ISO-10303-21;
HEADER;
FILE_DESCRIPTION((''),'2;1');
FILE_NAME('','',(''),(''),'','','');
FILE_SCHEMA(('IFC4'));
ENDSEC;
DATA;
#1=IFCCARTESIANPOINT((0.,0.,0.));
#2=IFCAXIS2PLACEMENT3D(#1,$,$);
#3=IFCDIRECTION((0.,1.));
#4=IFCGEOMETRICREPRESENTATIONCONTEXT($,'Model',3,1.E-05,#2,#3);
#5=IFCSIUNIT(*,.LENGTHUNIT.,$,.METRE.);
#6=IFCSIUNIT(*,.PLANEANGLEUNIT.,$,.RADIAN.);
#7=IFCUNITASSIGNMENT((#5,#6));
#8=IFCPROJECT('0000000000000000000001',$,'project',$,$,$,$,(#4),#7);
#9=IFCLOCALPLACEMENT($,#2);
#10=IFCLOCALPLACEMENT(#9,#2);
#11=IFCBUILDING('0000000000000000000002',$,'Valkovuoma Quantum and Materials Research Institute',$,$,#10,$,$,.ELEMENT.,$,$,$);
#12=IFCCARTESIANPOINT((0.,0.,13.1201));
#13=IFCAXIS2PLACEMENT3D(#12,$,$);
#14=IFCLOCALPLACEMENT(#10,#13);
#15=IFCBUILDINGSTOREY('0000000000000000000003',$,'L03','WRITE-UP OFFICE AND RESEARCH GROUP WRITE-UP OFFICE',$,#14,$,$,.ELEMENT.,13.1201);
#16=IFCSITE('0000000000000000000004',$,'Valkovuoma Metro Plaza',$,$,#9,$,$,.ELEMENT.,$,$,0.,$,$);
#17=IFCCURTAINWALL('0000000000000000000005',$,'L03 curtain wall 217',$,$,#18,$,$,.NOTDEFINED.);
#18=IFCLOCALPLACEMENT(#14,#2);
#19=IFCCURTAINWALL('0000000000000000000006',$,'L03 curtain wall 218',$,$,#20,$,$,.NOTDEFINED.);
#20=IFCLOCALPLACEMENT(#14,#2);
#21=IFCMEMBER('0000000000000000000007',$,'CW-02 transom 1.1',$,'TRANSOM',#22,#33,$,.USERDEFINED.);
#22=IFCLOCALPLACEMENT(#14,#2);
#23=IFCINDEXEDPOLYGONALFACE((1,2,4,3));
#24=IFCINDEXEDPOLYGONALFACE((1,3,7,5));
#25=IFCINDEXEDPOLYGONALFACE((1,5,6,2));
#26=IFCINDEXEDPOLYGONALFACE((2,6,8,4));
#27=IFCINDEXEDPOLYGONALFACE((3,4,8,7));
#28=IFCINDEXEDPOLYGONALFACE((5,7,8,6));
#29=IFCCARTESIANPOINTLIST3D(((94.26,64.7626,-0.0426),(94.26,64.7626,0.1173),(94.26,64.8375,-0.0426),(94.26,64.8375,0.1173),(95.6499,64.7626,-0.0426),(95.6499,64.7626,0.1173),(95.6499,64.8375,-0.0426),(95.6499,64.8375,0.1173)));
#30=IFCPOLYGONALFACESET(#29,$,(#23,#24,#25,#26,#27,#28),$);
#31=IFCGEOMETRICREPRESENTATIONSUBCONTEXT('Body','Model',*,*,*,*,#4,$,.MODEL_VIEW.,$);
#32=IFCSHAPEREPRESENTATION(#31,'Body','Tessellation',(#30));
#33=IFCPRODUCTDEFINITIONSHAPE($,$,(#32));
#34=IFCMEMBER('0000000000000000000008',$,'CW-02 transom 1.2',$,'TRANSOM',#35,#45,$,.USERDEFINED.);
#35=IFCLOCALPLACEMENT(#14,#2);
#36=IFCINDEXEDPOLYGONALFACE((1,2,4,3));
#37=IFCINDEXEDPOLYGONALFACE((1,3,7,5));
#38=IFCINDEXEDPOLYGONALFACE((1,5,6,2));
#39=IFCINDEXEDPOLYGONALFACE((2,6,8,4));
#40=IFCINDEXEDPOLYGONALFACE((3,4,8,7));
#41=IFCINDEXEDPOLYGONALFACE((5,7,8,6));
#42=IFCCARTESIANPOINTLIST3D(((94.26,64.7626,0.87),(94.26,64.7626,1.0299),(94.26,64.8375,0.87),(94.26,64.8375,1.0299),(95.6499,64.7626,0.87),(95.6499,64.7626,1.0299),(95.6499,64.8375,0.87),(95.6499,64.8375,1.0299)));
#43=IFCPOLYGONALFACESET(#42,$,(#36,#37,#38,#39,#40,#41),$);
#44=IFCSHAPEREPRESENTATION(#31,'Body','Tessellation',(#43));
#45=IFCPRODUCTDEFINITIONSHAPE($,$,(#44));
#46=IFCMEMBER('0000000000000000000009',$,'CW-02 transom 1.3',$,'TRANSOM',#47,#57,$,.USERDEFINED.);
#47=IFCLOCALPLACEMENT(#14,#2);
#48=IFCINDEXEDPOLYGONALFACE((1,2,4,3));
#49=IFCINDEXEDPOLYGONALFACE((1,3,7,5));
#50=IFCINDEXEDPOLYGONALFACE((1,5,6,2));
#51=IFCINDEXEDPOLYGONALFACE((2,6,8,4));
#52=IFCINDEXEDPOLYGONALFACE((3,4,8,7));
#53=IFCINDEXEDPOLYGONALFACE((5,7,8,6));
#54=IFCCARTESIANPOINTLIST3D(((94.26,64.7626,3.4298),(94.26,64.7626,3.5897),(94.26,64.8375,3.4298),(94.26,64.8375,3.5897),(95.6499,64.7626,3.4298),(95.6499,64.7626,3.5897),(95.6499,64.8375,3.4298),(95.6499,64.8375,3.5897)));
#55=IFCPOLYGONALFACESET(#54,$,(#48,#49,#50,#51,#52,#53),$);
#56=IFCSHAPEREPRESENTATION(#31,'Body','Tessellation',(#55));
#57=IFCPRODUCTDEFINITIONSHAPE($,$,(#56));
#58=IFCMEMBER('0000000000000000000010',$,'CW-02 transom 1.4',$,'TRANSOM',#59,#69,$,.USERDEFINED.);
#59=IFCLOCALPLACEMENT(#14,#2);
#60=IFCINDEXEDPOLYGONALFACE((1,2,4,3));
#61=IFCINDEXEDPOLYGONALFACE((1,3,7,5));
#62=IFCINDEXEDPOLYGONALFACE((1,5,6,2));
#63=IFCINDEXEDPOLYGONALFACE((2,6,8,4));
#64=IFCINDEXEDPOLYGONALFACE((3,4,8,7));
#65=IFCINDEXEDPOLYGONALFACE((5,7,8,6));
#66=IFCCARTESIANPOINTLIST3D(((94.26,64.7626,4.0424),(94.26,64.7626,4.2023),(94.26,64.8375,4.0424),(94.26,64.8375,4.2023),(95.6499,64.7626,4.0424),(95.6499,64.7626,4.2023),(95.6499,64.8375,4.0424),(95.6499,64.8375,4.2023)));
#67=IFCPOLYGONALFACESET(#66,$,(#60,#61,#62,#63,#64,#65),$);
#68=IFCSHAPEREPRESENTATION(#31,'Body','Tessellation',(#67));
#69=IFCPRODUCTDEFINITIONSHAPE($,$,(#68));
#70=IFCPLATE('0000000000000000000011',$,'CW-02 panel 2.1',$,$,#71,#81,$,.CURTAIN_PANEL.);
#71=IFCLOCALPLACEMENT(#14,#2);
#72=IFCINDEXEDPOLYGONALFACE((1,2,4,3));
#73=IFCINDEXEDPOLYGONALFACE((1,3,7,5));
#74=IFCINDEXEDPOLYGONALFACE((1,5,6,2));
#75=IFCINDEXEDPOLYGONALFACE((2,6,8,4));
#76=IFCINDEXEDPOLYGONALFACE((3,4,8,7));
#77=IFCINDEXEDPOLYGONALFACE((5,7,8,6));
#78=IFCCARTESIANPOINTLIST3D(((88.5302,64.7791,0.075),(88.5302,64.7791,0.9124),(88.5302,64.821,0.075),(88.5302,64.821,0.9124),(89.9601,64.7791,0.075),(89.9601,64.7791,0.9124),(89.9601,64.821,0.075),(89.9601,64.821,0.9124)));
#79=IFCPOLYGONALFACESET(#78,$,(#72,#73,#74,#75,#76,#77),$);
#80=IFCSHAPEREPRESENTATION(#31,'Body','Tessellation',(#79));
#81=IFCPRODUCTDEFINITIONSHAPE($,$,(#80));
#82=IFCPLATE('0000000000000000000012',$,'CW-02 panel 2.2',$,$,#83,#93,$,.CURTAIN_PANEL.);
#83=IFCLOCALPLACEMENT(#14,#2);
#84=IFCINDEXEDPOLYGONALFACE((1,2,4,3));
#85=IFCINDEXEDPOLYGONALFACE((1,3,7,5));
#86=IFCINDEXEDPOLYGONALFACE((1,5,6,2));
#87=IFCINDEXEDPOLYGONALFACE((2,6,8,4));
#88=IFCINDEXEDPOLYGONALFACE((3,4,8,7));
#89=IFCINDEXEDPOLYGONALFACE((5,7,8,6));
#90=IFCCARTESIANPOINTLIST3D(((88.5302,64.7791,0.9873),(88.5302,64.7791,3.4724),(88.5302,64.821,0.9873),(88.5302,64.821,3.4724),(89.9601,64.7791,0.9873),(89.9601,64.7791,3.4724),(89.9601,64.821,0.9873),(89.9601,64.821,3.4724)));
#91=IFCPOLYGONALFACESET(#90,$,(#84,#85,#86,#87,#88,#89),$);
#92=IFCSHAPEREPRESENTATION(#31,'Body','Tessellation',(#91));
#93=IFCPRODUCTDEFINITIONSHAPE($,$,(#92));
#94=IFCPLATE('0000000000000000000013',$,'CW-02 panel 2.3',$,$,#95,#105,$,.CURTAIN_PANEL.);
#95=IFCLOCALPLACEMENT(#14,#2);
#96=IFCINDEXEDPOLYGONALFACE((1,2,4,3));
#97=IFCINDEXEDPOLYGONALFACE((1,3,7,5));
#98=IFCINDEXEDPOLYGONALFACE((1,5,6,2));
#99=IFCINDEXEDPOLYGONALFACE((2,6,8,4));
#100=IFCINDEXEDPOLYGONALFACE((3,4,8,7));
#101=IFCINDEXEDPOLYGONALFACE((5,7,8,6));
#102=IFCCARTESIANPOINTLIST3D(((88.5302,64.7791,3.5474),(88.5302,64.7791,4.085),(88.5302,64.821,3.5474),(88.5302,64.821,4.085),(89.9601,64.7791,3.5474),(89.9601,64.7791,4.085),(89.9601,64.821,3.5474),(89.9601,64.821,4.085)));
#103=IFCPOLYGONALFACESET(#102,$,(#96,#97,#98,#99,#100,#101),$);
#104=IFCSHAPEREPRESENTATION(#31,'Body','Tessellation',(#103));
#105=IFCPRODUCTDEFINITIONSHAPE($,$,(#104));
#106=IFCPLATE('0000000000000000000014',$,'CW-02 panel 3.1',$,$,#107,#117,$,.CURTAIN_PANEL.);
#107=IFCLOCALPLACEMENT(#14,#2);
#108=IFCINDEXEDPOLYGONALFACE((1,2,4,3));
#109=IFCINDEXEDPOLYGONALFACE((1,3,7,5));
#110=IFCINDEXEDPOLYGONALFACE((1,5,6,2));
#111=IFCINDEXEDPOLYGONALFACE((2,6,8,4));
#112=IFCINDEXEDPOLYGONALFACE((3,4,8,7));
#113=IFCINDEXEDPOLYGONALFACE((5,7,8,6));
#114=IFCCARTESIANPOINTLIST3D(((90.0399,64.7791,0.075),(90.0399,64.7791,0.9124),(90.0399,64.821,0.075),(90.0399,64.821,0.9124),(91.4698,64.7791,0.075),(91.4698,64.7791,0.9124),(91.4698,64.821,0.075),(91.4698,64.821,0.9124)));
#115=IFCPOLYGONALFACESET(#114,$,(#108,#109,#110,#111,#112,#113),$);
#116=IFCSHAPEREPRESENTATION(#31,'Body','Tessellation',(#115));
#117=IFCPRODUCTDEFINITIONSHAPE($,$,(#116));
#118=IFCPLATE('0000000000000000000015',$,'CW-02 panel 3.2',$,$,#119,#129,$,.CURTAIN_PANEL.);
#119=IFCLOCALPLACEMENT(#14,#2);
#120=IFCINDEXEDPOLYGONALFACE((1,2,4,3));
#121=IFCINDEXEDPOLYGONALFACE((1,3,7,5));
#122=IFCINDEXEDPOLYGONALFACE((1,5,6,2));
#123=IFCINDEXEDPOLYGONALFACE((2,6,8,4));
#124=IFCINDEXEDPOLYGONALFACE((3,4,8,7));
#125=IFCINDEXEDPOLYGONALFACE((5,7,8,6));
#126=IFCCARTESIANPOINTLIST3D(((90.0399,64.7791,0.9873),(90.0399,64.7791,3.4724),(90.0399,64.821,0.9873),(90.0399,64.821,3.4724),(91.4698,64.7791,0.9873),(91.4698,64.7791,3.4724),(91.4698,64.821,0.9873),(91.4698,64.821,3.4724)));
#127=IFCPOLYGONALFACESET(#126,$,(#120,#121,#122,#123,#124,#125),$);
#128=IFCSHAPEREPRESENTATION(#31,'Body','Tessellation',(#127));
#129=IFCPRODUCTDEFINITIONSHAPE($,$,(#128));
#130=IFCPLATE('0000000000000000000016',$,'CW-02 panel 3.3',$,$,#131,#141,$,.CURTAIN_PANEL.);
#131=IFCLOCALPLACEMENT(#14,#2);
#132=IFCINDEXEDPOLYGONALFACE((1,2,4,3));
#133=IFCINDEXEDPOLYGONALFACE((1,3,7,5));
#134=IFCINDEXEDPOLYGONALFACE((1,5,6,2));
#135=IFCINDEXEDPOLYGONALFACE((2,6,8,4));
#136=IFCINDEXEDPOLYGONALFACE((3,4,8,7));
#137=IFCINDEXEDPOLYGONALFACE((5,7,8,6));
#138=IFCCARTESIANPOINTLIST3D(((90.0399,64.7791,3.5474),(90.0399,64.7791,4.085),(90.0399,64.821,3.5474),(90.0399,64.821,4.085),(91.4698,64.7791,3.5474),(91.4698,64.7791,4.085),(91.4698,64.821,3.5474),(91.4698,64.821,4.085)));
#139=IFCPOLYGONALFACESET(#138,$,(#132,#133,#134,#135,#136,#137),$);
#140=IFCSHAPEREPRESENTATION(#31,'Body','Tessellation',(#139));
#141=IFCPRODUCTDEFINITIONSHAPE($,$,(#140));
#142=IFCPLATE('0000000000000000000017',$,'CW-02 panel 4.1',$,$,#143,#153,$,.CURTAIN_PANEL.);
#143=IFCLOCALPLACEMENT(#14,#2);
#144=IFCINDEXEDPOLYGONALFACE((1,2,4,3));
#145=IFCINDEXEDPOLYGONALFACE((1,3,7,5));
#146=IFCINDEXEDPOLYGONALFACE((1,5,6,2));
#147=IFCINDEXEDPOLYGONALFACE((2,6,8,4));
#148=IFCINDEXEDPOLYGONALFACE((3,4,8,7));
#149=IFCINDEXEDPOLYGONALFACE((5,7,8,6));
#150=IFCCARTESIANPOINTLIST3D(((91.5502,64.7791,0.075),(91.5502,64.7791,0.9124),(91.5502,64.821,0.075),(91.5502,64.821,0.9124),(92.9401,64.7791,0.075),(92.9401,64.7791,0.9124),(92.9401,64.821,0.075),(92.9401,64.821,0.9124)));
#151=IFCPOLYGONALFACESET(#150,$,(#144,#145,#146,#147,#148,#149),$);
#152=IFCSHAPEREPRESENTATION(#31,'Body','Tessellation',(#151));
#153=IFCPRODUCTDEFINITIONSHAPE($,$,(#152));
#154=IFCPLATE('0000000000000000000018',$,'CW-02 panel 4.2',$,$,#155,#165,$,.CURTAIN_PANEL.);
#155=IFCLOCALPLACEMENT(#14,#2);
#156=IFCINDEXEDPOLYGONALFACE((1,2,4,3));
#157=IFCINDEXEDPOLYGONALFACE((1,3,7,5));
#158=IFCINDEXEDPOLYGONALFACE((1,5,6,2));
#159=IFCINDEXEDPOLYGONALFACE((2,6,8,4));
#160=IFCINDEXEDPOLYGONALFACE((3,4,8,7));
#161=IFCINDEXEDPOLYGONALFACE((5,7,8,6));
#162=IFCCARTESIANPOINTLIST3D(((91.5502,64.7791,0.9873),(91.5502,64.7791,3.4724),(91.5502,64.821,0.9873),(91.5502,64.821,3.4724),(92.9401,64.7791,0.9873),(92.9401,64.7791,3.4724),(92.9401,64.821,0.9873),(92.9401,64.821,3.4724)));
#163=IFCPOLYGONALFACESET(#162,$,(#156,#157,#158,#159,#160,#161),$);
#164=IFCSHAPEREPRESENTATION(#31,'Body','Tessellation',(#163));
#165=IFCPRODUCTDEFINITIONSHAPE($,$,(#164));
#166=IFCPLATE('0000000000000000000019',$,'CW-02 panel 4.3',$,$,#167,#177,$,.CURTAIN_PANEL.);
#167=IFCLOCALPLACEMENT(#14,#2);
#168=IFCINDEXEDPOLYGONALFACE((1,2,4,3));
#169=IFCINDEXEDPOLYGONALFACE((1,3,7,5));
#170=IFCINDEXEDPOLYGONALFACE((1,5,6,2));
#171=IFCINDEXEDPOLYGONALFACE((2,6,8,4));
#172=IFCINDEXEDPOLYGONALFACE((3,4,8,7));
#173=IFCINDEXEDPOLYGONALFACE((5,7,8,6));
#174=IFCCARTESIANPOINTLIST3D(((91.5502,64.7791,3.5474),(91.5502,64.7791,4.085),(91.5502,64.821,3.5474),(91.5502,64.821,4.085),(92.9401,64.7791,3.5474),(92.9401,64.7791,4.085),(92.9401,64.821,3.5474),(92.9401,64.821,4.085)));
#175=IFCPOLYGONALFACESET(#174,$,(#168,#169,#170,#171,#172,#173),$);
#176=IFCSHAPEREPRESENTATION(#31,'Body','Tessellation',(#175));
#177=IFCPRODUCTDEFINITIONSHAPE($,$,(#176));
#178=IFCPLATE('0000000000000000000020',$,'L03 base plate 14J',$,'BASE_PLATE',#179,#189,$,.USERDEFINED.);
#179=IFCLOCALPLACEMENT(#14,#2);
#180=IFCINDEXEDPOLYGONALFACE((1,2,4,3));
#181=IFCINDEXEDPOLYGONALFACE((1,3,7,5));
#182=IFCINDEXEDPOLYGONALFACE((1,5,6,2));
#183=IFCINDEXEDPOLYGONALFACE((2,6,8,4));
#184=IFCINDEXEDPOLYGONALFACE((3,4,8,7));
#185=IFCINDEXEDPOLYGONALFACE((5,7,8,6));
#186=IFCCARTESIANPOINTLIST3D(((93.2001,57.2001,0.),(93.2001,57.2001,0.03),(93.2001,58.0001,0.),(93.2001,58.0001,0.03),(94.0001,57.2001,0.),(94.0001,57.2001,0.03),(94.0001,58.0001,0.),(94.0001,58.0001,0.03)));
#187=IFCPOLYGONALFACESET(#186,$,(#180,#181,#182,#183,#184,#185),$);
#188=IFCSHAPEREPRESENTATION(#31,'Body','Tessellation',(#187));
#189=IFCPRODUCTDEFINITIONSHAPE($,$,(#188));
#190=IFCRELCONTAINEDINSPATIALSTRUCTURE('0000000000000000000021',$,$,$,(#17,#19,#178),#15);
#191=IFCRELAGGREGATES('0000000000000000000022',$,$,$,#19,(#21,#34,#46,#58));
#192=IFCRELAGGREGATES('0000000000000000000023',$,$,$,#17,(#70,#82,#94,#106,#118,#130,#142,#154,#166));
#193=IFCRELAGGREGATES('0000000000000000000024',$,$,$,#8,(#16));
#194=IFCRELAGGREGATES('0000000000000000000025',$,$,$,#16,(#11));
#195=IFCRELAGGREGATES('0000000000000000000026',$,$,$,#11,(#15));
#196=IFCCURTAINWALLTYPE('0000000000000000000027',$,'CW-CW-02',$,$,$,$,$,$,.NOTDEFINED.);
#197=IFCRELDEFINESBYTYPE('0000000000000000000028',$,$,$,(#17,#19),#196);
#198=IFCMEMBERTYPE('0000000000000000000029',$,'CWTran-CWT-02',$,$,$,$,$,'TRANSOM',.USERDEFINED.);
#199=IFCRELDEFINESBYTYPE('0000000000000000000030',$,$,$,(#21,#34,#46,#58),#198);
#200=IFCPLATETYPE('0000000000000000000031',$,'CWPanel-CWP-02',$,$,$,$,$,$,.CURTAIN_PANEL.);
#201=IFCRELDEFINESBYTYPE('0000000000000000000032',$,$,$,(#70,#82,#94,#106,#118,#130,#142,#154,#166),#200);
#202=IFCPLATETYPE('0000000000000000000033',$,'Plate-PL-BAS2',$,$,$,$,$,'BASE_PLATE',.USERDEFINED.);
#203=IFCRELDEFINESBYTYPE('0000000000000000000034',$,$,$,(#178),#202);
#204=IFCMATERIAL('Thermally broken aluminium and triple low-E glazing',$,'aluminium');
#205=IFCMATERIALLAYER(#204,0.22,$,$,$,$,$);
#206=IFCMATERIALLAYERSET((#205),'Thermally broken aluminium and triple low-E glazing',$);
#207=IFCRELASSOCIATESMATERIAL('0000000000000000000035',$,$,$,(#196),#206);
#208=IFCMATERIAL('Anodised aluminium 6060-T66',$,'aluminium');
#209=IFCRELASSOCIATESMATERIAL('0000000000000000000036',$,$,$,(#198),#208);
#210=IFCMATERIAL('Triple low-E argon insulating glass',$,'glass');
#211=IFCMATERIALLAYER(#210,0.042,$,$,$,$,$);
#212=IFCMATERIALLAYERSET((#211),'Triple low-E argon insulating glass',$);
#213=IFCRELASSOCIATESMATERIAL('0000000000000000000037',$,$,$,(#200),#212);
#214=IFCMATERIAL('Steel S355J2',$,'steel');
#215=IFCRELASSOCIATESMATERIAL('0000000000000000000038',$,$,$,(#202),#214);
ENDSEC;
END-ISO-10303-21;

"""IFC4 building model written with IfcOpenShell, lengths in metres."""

from ifc_helpers import new_model, si_unit, direction, frame, origin, origin_2d, place, context, subcontext, project, spatial, rectangle, extrude, material, layer, layer_set, material_profile, profile_set, type_object, element, aggregate, save


model = new_model("IFC4")

# Units and contexts
model_context = context("Model", 3, precision=1e-05, world=origin(), true_north=direction((0.0, 1.0)))
body_context = subcontext(model_context, "Body", "Model", "MODEL_VIEW")
ifc_project = project(units=[si_unit("LENGTHUNIT", "METRE"), si_unit("PLANEANGLEUNIT", "RADIAN")], contexts=[model_context])

# Site, building, storey
site_placement = place(None, origin())
site = spatial("IfcSite", under=ifc_project, at=site_placement, Name="Valkovuoma Metro Plaza", CompositionType="ELEMENT", RefElevation=0.0)
building_placement = place(site_placement, origin())
building = spatial("IfcBuilding", under=site, at=building_placement, Name="Valkovuoma Quantum and Materials Research Institute", CompositionType="ELEMENT")
storey_placement = place(building_placement, frame((0.0, 0.0, 13.1201)))
storey = spatial("IfcBuildingStorey", under=building, at=storey_placement, Name="L03", Description="WRITE-UP OFFICE AND RESEARCH GROUP WRITE-UP OFFICE", CompositionType="ELEMENT", Elevation=13.1201)

# Curtain wall
ifc_material_1 = material(Name="Thermally broken aluminium and triple low-E glazing", Category="aluminium")
ifc_layer_1 = layer(ifc_material_1, 0.22)
ifc_layer_set_1 = layer_set([ifc_layer_1], Name="Thermally broken aluminium and triple low-E glazing")
curtain_wall_type = type_object("IfcCurtainWallType", Name="CW-CW-02", PredefinedType="NOTDEFINED", material=ifc_layer_set_1)
curtain_wall_1_placement = place(storey_placement, origin())
curtain_wall_1 = element("IfcCurtainWall", 1, at=curtain_wall_1_placement, inside=storey, type_object=curtain_wall_type, Name="L03 curtain wall 217", PredefinedType="NOTDEFINED")

# Curtain wall
curtain_wall_2_placement = place(storey_placement, origin())
curtain_wall_2 = element("IfcCurtainWall", 2, at=curtain_wall_2_placement, inside=storey, type_object=curtain_wall_type, Name="L03 curtain wall 218", PredefinedType="NOTDEFINED")

# Members
ifc_material_2 = material(Name="Anodised aluminium 6060-T66", Category="aluminium")
ifc_material_profile_1 = material_profile(ifc_material_2, rectangle(XDim=0.075, YDim=0.1599, at=origin_2d()), Name="Anodised aluminium 6060-T66")
ifc_profile_set_1 = profile_set([ifc_material_profile_1], Name="Anodised aluminium 6060-T66")
member_type_1 = type_object("IfcMemberType", Name="CWTran-CWT-02", ElementType="TRANSOM", PredefinedType="USERDEFINED", material=ifc_profile_set_1)
member_1_placement = place(storey_placement, frame((94.26, 64.8, 0.0374), z_axis=(1.0, 0.0, 0.0), x_axis=(0.0, 1.0, 0.0)))
member_1 = element("IfcMember", 3, at=member_1_placement, type_object=member_type_1, Name="CW-02 transom 1.1", ObjectType="TRANSOM", PredefinedType="USERDEFINED", context=body_context, shape_type="SweptSolid", body=[
    extrude(rectangle(XDim=0.075, YDim=0.1599, at=origin_2d()), origin(), (0.0, 0.0, 1.0), 1.3899),
])
member_2_placement = place(storey_placement, frame((94.26, 64.8, 0.95), z_axis=(1.0, 0.0, 0.0), x_axis=(0.0, 1.0, 0.0)))
member_2 = element("IfcMember", 4, at=member_2_placement, type_object=member_type_1, Name="CW-02 transom 1.2", ObjectType="TRANSOM", PredefinedType="USERDEFINED", context=body_context, shape_type="SweptSolid", body=[
    extrude(rectangle(XDim=0.075, YDim=0.1599, at=origin_2d()), origin(), (0.0, 0.0, 1.0), 1.3899),
])
member_3_placement = place(storey_placement, frame((94.26, 64.8, 3.5098), z_axis=(1.0, 0.0, 0.0), x_axis=(0.0, 1.0, 0.0)))
member_3 = element("IfcMember", 5, at=member_3_placement, type_object=member_type_1, Name="CW-02 transom 1.3", ObjectType="TRANSOM", PredefinedType="USERDEFINED", context=body_context, shape_type="SweptSolid", body=[
    extrude(rectangle(XDim=0.075, YDim=0.1599, at=origin_2d()), origin(), (0.0, 0.0, 1.0), 1.3899),
])
member_4_placement = place(storey_placement, frame((94.26, 64.8, 4.1223), z_axis=(1.0, 0.0, 0.0), x_axis=(0.0, 1.0, 0.0)))
member_4 = element("IfcMember", 6, at=member_4_placement, type_object=member_type_1, Name="CW-02 transom 1.4", ObjectType="TRANSOM", PredefinedType="USERDEFINED", context=body_context, shape_type="SweptSolid", body=[
    extrude(rectangle(XDim=0.075, YDim=0.1599, at=origin_2d()), origin(), (0.0, 0.0, 1.0), 1.3899),
])
aggregate(curtain_wall_2, [member_1, member_2, member_3, member_4])

# Plates
ifc_material_3 = material(Name="Triple low-E argon insulating glass", Category="glass")
ifc_layer_2 = layer(ifc_material_3, 0.042)
ifc_layer_set_2 = layer_set([ifc_layer_2], Name="Triple low-E argon insulating glass")
plate_type_1 = type_object("IfcPlateType", Name="CWPanel-CWP-02", PredefinedType="CURTAIN_PANEL", material=ifc_layer_set_2)
plate_1_placement = place(storey_placement, frame((89.2451, 64.8, 0.075), z_axis=(0.0, 0.0, 1.0), x_axis=(1.0, 0.0, 0.0)))
plate_1 = element("IfcPlate", 7, at=plate_1_placement, type_object=plate_type_1, Name="CW-02 panel 2.1", PredefinedType="CURTAIN_PANEL", context=body_context, shape_type="SweptSolid", body=[
    extrude(rectangle(XDim=1.4299, YDim=0.042, at=origin_2d()), origin(), (0.0, 0.0, 1.0), 0.8374),
])
plate_2_placement = place(storey_placement, frame((89.2451, 64.8, 0.9873), z_axis=(0.0, 0.0, 1.0), x_axis=(1.0, 0.0, 0.0)))
plate_2 = element("IfcPlate", 8, at=plate_2_placement, type_object=plate_type_1, Name="CW-02 panel 2.2", PredefinedType="CURTAIN_PANEL", context=body_context, shape_type="SweptSolid", body=[
    extrude(rectangle(XDim=1.4299, YDim=0.042, at=origin_2d()), origin(), (0.0, 0.0, 1.0), 2.4851),
])
plate_3_placement = place(storey_placement, frame((89.2451, 64.8, 3.5474), z_axis=(0.0, 0.0, 1.0), x_axis=(1.0, 0.0, 0.0)))
plate_3 = element("IfcPlate", 9, at=plate_3_placement, type_object=plate_type_1, Name="CW-02 panel 2.3", PredefinedType="CURTAIN_PANEL", context=body_context, shape_type="SweptSolid", body=[
    extrude(rectangle(XDim=1.4299, YDim=0.042, at=origin_2d()), origin(), (0.0, 0.0, 1.0), 0.5376),
])
plate_4_placement = place(storey_placement, frame((90.7549, 64.8, 0.075), z_axis=(0.0, 0.0, 1.0), x_axis=(1.0, 0.0, 0.0)))
plate_4 = element("IfcPlate", 10, at=plate_4_placement, type_object=plate_type_1, Name="CW-02 panel 3.1", PredefinedType="CURTAIN_PANEL", context=body_context, shape_type="SweptSolid", body=[
    extrude(rectangle(XDim=1.4299, YDim=0.042, at=origin_2d()), origin(), (0.0, 0.0, 1.0), 0.8374),
])
plate_5_placement = place(storey_placement, frame((90.7549, 64.8, 0.9873), z_axis=(0.0, 0.0, 1.0), x_axis=(1.0, 0.0, 0.0)))
plate_5 = element("IfcPlate", 11, at=plate_5_placement, type_object=plate_type_1, Name="CW-02 panel 3.2", PredefinedType="CURTAIN_PANEL", context=body_context, shape_type="SweptSolid", body=[
    extrude(rectangle(XDim=1.4299, YDim=0.042, at=origin_2d()), origin(), (0.0, 0.0, 1.0), 2.4851),
])
plate_6_placement = place(storey_placement, frame((90.7549, 64.8, 3.5474), z_axis=(0.0, 0.0, 1.0), x_axis=(1.0, 0.0, 0.0)))
plate_6 = element("IfcPlate", 12, at=plate_6_placement, type_object=plate_type_1, Name="CW-02 panel 3.3", PredefinedType="CURTAIN_PANEL", context=body_context, shape_type="SweptSolid", body=[
    extrude(rectangle(XDim=1.4299, YDim=0.042, at=origin_2d()), origin(), (0.0, 0.0, 1.0), 0.5376),
])
plate_7_placement = place(storey_placement, frame((92.2451, 64.8, 0.075), z_axis=(0.0, 0.0, 1.0), x_axis=(1.0, 0.0, 0.0)))
plate_7 = element("IfcPlate", 13, at=plate_7_placement, type_object=plate_type_1, Name="CW-02 panel 4.1", PredefinedType="CURTAIN_PANEL", context=body_context, shape_type="SweptSolid", body=[
    extrude(rectangle(XDim=1.3899, YDim=0.042, at=origin_2d()), origin(), (0.0, 0.0, 1.0), 0.8374),
])
plate_8_placement = place(storey_placement, frame((92.2451, 64.8, 0.9873), z_axis=(0.0, 0.0, 1.0), x_axis=(1.0, 0.0, 0.0)))
plate_8 = element("IfcPlate", 14, at=plate_8_placement, type_object=plate_type_1, Name="CW-02 panel 4.2", PredefinedType="CURTAIN_PANEL", context=body_context, shape_type="SweptSolid", body=[
    extrude(rectangle(XDim=1.3899, YDim=0.042, at=origin_2d()), origin(), (0.0, 0.0, 1.0), 2.4851),
])
plate_9_placement = place(storey_placement, frame((92.2451, 64.8, 3.5474), z_axis=(0.0, 0.0, 1.0), x_axis=(1.0, 0.0, 0.0)))
plate_9 = element("IfcPlate", 15, at=plate_9_placement, type_object=plate_type_1, Name="CW-02 panel 4.3", PredefinedType="CURTAIN_PANEL", context=body_context, shape_type="SweptSolid", body=[
    extrude(rectangle(XDim=1.3899, YDim=0.042, at=origin_2d()), origin(), (0.0, 0.0, 1.0), 0.5376),
])
aggregate(curtain_wall_1, [plate_1, plate_2, plate_3, plate_4, plate_5, plate_6, plate_7, plate_8, plate_9])
ifc_material_4 = material(Name="Steel S355J2", Category="steel")
plate_type_2 = type_object("IfcPlateType", Name="Plate-PL-BAS2", ElementType="BASE_PLATE", PredefinedType="USERDEFINED", material=ifc_material_4)
plate_10_placement = place(storey_placement, frame((93.6001, 57.6001, 0.0), z_axis=(0.0, 0.0, 1.0), x_axis=(1.0, 0.0, 0.0)))
element("IfcPlate", 16, at=plate_10_placement, inside=storey, type_object=plate_type_2, Name="L03 base plate 14J", ObjectType="BASE_PLATE", PredefinedType="USERDEFINED", context=body_context, shape_type="SweptSolid", body=[
    extrude(rectangle(XDim=0.8, YDim=0.8, at=origin_2d()), origin(), (0.0, 0.0, 1.0), 0.03),
])

save(model, "model.ifc")
